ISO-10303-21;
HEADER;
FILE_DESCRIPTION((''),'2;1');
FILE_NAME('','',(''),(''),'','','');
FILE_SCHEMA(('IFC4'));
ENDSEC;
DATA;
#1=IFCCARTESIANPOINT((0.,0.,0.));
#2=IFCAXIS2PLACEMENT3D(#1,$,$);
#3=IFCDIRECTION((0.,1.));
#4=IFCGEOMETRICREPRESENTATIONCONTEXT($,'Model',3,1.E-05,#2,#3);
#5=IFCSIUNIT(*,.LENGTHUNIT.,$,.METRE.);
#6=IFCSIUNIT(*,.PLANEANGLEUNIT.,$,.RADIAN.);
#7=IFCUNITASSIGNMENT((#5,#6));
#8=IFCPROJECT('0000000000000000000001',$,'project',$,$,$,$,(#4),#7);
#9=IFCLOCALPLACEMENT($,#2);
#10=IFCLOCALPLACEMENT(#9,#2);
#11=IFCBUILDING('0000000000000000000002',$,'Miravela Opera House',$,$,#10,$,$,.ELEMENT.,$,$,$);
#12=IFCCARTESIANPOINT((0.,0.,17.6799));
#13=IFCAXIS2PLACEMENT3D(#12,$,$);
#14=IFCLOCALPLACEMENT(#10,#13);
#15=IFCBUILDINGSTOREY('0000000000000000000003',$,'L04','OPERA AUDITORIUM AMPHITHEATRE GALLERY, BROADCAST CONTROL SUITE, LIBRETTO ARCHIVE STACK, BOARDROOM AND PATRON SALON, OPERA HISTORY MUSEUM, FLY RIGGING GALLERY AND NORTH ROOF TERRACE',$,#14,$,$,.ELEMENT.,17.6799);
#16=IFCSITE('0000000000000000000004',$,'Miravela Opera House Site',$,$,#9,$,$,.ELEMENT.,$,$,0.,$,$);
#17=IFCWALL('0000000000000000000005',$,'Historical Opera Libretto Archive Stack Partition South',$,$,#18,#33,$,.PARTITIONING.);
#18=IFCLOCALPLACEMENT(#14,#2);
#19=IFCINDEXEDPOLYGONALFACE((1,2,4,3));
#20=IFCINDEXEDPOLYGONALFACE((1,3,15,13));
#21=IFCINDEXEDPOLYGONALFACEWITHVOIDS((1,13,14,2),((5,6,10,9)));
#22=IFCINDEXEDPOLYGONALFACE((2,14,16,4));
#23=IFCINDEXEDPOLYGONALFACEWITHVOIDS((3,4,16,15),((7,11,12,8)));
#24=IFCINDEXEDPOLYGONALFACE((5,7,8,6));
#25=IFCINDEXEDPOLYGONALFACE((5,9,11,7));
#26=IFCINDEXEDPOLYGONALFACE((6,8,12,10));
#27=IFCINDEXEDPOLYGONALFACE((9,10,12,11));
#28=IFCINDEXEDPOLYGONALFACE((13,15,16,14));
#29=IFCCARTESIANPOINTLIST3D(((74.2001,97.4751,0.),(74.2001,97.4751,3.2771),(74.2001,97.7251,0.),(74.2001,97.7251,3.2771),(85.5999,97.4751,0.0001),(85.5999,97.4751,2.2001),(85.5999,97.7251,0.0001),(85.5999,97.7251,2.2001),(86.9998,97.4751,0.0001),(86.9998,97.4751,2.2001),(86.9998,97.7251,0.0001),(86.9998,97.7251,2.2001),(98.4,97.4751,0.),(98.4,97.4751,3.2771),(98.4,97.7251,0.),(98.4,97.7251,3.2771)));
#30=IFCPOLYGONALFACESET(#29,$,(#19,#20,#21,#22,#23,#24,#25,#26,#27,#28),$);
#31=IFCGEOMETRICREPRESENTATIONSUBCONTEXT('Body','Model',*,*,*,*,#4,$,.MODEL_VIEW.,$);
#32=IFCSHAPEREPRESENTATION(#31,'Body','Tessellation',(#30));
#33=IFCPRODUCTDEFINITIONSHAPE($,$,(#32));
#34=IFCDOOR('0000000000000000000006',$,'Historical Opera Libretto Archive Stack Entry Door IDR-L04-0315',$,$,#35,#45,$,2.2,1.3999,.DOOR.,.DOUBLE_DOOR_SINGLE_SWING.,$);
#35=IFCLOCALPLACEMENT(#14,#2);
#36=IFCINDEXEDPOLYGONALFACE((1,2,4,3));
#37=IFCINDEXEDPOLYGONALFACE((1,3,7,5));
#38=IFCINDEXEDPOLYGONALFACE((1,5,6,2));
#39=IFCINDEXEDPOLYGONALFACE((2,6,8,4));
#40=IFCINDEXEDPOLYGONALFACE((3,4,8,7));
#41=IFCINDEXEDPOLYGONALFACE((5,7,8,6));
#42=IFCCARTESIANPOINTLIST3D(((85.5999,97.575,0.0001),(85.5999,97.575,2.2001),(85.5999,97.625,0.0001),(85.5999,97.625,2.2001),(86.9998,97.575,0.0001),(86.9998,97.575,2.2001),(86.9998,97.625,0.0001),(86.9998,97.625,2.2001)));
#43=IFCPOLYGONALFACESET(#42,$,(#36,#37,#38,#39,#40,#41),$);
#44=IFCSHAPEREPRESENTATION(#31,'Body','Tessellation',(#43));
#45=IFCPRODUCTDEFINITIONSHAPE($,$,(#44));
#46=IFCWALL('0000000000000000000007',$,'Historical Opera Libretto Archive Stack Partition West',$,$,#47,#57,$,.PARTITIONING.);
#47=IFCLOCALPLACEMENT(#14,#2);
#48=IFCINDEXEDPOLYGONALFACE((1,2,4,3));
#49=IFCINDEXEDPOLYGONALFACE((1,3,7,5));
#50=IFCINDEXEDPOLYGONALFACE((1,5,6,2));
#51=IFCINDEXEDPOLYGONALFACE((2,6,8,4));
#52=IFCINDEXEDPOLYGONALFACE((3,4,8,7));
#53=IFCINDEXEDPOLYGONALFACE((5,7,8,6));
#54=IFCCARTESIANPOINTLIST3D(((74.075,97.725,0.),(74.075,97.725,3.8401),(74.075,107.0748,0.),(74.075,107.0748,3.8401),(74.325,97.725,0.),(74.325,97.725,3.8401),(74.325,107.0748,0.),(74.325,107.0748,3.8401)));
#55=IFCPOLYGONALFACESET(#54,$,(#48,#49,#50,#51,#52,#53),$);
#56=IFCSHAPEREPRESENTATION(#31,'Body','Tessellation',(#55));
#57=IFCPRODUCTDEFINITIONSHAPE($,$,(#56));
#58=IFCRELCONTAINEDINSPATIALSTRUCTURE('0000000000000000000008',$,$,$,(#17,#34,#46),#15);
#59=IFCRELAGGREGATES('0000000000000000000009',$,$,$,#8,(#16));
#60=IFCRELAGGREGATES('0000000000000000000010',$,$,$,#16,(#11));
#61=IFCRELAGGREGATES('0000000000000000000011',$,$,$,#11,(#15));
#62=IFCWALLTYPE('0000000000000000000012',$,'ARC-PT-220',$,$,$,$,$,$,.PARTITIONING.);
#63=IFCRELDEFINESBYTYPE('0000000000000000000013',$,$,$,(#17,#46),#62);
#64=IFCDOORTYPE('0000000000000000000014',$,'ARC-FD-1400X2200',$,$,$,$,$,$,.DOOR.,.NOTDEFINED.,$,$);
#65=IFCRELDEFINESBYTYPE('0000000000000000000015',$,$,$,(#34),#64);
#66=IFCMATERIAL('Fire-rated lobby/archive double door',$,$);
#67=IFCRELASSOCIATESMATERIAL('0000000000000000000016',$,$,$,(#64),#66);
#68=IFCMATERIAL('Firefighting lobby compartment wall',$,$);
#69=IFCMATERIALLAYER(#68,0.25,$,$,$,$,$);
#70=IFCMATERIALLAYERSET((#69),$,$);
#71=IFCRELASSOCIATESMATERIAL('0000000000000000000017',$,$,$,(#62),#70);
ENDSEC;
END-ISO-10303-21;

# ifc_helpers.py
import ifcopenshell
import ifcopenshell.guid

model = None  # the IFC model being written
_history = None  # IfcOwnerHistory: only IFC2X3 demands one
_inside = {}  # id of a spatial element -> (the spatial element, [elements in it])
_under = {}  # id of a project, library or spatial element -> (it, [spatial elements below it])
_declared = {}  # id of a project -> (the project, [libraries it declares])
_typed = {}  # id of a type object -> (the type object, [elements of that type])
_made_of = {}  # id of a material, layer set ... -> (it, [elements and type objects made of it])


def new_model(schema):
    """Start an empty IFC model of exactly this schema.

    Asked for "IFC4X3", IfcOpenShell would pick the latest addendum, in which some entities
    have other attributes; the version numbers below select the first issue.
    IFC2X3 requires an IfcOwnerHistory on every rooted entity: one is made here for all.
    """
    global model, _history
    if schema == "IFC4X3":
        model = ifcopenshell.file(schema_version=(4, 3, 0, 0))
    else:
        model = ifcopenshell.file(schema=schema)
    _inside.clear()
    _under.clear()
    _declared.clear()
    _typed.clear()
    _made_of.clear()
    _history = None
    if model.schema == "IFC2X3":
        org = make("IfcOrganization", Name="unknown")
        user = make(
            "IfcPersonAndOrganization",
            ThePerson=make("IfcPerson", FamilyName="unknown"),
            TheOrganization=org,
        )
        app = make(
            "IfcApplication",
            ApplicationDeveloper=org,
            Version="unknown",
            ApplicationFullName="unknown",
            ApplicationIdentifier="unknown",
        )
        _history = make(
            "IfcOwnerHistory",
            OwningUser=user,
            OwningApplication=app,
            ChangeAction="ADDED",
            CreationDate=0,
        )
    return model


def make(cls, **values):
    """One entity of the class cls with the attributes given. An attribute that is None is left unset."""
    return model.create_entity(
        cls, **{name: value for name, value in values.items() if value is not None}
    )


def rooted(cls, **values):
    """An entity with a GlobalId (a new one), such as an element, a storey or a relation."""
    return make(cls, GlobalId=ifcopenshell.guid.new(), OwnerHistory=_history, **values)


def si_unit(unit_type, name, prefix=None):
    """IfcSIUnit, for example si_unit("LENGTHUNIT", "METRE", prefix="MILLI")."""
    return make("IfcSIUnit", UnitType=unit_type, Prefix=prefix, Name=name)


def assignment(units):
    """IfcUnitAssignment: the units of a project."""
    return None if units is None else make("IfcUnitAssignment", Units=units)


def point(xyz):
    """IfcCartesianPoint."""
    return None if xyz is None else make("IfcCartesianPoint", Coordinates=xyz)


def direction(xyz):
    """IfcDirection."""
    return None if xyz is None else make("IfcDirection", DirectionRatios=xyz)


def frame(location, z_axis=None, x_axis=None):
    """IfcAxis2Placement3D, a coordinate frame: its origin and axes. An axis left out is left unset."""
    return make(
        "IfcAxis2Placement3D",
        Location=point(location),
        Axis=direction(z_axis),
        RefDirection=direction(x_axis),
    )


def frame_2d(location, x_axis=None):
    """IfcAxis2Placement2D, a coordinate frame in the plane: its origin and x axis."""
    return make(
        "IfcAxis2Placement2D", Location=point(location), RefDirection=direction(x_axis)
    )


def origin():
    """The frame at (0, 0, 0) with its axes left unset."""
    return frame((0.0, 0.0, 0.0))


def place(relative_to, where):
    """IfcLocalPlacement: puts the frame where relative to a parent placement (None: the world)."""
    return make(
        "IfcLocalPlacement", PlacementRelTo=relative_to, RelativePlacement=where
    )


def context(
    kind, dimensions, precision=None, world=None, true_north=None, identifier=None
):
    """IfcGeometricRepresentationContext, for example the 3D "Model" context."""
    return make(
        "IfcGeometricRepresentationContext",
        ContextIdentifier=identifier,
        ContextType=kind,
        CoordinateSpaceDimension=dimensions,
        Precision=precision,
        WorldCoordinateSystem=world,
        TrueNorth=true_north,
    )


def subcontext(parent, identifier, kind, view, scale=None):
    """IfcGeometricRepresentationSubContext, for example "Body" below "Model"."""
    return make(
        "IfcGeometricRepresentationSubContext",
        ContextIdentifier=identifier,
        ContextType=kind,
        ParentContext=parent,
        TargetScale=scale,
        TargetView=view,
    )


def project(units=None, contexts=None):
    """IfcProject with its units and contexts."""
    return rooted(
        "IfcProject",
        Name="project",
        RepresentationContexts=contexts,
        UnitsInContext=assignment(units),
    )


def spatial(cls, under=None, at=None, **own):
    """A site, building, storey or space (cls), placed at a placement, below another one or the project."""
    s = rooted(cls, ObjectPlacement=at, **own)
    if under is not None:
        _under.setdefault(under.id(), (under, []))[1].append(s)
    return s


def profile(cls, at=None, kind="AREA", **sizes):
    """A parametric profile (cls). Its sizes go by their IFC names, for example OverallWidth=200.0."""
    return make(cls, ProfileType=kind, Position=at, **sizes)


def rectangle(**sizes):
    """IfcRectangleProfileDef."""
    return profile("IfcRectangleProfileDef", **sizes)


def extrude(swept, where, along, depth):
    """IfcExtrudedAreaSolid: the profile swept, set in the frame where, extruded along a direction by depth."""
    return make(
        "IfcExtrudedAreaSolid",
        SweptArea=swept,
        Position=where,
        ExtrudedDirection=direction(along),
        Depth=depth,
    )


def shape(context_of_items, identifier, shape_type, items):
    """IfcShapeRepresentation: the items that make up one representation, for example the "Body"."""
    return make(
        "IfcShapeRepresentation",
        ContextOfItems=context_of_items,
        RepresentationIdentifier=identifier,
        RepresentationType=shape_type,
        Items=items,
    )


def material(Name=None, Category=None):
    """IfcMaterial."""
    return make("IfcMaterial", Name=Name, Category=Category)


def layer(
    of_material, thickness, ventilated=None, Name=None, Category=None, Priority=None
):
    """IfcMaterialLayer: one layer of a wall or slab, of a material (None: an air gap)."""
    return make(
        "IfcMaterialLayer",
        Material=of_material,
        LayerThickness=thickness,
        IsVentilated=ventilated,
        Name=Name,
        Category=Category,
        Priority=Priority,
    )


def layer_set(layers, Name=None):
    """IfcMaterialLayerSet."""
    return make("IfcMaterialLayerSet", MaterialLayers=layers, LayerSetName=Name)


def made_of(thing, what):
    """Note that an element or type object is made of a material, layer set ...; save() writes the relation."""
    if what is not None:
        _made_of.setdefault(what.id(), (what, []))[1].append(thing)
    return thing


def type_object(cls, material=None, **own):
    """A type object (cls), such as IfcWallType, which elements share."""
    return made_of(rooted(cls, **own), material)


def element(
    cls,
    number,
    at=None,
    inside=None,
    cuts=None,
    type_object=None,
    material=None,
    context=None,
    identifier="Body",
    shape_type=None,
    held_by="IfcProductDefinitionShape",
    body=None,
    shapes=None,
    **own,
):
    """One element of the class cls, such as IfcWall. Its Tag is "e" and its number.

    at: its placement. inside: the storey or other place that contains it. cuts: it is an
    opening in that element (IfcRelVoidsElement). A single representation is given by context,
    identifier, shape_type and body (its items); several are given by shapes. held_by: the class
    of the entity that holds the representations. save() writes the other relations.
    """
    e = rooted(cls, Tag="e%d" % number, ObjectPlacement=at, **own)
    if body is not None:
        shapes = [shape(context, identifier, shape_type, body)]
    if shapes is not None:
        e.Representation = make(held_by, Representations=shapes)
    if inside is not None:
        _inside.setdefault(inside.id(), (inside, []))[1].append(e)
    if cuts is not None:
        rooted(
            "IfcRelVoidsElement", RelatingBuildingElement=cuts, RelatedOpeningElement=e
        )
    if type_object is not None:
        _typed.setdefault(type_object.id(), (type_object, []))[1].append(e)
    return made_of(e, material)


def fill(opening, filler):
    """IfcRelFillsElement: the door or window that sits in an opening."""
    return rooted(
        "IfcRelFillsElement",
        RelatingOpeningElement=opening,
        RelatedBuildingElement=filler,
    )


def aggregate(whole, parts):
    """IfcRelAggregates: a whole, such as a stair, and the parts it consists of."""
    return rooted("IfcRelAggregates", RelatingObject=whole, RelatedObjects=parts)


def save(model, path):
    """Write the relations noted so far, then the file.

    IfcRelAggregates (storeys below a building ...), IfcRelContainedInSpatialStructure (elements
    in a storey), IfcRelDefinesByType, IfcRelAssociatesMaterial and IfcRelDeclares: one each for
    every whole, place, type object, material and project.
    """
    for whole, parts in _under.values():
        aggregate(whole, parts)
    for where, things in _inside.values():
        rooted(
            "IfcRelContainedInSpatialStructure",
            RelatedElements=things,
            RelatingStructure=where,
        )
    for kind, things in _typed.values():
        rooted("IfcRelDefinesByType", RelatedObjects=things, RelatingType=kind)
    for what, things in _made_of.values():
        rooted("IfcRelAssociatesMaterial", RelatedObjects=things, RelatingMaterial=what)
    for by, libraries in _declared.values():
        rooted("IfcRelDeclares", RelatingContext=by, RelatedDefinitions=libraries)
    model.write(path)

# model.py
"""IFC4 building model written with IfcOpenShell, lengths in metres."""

from ifc_helpers import new_model, si_unit, direction, frame, frame_2d, origin, place, context, subcontext, project, spatial, rectangle, extrude, material, layer, layer_set, type_object, element, fill, save


model = new_model("IFC4")

# Units and contexts
model_context = context("Model", 3, precision=1e-05, world=origin(), true_north=direction((0.0, 1.0)))
body_context = subcontext(model_context, "Body", "Model", "MODEL_VIEW")
ifc_project = project(units=[si_unit("LENGTHUNIT", "METRE"), si_unit("PLANEANGLEUNIT", "RADIAN")], contexts=[model_context])

# Site, building, storey
site_placement = place(None, origin())
site = spatial("IfcSite", under=ifc_project, at=site_placement, Name="Miravela Opera House Site", CompositionType="ELEMENT", RefElevation=0.0)
building_placement = place(site_placement, origin())
building = spatial("IfcBuilding", under=site, at=building_placement, Name="Miravela Opera House", CompositionType="ELEMENT")
storey_placement = place(building_placement, frame((0.0, 0.0, 17.6799)))
storey = spatial("IfcBuildingStorey", under=building, at=storey_placement, Name="L04", Description="OPERA AUDITORIUM AMPHITHEATRE GALLERY, BROADCAST CONTROL SUITE, LIBRETTO ARCHIVE STACK, BOARDROOM AND PATRON SALON, OPERA HISTORY MUSEUM, FLY RIGGING GALLERY AND NORTH ROOF TERRACE", CompositionType="ELEMENT", Elevation=17.6799)

# Shared definitions
ifc_material_1 = material(Name="Fire-rated lobby/archive double door")
door_type_1 = type_object("IfcDoorType", Name="ARC-FD-1400X2200", OperationType="NOTDEFINED", PredefinedType="DOOR", material=ifc_material_1)

# Wall, opening, door
ifc_material_2 = material(Name="Firefighting lobby compartment wall")
ifc_layer_1 = layer(ifc_material_2, 0.25)
ifc_layer_set_1 = layer_set([ifc_layer_1])
wall_type_1 = type_object("IfcWallType", Name="ARC-PT-220", PredefinedType="PARTITIONING", material=ifc_layer_set_1)
wall_1_placement = place(storey_placement, frame((74.2, 97.6001, 0.0), z_axis=(0.0, 0.0, 1.0), x_axis=(1.0, 0.0, 0.0)))
wall_1 = element("IfcWall", 1, at=wall_1_placement, inside=storey, type_object=wall_type_1, Name="Historical Opera Libretto Archive Stack Partition South", PredefinedType="PARTITIONING", context=body_context, shape_type="SweptSolid", body=[
    extrude(rectangle(XDim=24.2, YDim=0.25, at=frame_2d((12.1001, 0.0))), origin(), (0.0, 0.0, 1.0), 3.2771),
])
opening_1_placement = place(wall_1_placement, frame((11.3999, 0.0, 0.0)))
opening_1 = element("IfcOpeningElement", 2, at=opening_1_placement, cuts=wall_1, PredefinedType="OPENING", context=body_context, shape_type="SweptSolid", body=[
    extrude(rectangle(XDim=1.3999, YDim=2.2, at=frame_2d((0.7, 1.1001))), frame((0.0, 0.135, 0.0), z_axis=(0.0, -1.0, 0.0), x_axis=(1.0, 0.0, 0.0)), (0.0, 0.0, 1.0), 0.27),
])
door_1_placement = place(opening_1_placement, origin())
door_1 = element("IfcDoor", 3, at=door_1_placement, inside=storey, type_object=door_type_1, Name="Historical Opera Libretto Archive Stack Entry Door IDR-L04-0315", OperationType="DOUBLE_DOOR_SINGLE_SWING", OverallHeight=2.2, OverallWidth=1.3999, PredefinedType="DOOR", context=body_context, shape_type="SweptSolid", body=[
    extrude(rectangle(XDim=1.3999, YDim=2.2, at=frame_2d((0.7, 1.1001))), frame((0.0, 0.0249, 0.0), z_axis=(0.0, -1.0, 0.0), x_axis=(1.0, 0.0, 0.0)), (0.0, 0.0, 1.0), 0.05),
])
fill(opening_1, door_1)

# Wall
wall_2_placement = place(storey_placement, frame((74.2, 97.7251, 0.0), z_axis=(0.0, 0.0, 1.0), x_axis=(0.0, 1.0, 0.0)))
element("IfcWall", 4, at=wall_2_placement, inside=storey, type_object=wall_type_1, Name="Historical Opera Libretto Archive Stack Partition West", PredefinedType="PARTITIONING", context=body_context, shape_type="SweptSolid", body=[
    extrude(rectangle(XDim=9.3499, YDim=0.25, at=frame_2d((4.6748, 0.0))), origin(), (0.0, 0.0, 1.0), 3.8401),
])

save(model, "model.ifc")
